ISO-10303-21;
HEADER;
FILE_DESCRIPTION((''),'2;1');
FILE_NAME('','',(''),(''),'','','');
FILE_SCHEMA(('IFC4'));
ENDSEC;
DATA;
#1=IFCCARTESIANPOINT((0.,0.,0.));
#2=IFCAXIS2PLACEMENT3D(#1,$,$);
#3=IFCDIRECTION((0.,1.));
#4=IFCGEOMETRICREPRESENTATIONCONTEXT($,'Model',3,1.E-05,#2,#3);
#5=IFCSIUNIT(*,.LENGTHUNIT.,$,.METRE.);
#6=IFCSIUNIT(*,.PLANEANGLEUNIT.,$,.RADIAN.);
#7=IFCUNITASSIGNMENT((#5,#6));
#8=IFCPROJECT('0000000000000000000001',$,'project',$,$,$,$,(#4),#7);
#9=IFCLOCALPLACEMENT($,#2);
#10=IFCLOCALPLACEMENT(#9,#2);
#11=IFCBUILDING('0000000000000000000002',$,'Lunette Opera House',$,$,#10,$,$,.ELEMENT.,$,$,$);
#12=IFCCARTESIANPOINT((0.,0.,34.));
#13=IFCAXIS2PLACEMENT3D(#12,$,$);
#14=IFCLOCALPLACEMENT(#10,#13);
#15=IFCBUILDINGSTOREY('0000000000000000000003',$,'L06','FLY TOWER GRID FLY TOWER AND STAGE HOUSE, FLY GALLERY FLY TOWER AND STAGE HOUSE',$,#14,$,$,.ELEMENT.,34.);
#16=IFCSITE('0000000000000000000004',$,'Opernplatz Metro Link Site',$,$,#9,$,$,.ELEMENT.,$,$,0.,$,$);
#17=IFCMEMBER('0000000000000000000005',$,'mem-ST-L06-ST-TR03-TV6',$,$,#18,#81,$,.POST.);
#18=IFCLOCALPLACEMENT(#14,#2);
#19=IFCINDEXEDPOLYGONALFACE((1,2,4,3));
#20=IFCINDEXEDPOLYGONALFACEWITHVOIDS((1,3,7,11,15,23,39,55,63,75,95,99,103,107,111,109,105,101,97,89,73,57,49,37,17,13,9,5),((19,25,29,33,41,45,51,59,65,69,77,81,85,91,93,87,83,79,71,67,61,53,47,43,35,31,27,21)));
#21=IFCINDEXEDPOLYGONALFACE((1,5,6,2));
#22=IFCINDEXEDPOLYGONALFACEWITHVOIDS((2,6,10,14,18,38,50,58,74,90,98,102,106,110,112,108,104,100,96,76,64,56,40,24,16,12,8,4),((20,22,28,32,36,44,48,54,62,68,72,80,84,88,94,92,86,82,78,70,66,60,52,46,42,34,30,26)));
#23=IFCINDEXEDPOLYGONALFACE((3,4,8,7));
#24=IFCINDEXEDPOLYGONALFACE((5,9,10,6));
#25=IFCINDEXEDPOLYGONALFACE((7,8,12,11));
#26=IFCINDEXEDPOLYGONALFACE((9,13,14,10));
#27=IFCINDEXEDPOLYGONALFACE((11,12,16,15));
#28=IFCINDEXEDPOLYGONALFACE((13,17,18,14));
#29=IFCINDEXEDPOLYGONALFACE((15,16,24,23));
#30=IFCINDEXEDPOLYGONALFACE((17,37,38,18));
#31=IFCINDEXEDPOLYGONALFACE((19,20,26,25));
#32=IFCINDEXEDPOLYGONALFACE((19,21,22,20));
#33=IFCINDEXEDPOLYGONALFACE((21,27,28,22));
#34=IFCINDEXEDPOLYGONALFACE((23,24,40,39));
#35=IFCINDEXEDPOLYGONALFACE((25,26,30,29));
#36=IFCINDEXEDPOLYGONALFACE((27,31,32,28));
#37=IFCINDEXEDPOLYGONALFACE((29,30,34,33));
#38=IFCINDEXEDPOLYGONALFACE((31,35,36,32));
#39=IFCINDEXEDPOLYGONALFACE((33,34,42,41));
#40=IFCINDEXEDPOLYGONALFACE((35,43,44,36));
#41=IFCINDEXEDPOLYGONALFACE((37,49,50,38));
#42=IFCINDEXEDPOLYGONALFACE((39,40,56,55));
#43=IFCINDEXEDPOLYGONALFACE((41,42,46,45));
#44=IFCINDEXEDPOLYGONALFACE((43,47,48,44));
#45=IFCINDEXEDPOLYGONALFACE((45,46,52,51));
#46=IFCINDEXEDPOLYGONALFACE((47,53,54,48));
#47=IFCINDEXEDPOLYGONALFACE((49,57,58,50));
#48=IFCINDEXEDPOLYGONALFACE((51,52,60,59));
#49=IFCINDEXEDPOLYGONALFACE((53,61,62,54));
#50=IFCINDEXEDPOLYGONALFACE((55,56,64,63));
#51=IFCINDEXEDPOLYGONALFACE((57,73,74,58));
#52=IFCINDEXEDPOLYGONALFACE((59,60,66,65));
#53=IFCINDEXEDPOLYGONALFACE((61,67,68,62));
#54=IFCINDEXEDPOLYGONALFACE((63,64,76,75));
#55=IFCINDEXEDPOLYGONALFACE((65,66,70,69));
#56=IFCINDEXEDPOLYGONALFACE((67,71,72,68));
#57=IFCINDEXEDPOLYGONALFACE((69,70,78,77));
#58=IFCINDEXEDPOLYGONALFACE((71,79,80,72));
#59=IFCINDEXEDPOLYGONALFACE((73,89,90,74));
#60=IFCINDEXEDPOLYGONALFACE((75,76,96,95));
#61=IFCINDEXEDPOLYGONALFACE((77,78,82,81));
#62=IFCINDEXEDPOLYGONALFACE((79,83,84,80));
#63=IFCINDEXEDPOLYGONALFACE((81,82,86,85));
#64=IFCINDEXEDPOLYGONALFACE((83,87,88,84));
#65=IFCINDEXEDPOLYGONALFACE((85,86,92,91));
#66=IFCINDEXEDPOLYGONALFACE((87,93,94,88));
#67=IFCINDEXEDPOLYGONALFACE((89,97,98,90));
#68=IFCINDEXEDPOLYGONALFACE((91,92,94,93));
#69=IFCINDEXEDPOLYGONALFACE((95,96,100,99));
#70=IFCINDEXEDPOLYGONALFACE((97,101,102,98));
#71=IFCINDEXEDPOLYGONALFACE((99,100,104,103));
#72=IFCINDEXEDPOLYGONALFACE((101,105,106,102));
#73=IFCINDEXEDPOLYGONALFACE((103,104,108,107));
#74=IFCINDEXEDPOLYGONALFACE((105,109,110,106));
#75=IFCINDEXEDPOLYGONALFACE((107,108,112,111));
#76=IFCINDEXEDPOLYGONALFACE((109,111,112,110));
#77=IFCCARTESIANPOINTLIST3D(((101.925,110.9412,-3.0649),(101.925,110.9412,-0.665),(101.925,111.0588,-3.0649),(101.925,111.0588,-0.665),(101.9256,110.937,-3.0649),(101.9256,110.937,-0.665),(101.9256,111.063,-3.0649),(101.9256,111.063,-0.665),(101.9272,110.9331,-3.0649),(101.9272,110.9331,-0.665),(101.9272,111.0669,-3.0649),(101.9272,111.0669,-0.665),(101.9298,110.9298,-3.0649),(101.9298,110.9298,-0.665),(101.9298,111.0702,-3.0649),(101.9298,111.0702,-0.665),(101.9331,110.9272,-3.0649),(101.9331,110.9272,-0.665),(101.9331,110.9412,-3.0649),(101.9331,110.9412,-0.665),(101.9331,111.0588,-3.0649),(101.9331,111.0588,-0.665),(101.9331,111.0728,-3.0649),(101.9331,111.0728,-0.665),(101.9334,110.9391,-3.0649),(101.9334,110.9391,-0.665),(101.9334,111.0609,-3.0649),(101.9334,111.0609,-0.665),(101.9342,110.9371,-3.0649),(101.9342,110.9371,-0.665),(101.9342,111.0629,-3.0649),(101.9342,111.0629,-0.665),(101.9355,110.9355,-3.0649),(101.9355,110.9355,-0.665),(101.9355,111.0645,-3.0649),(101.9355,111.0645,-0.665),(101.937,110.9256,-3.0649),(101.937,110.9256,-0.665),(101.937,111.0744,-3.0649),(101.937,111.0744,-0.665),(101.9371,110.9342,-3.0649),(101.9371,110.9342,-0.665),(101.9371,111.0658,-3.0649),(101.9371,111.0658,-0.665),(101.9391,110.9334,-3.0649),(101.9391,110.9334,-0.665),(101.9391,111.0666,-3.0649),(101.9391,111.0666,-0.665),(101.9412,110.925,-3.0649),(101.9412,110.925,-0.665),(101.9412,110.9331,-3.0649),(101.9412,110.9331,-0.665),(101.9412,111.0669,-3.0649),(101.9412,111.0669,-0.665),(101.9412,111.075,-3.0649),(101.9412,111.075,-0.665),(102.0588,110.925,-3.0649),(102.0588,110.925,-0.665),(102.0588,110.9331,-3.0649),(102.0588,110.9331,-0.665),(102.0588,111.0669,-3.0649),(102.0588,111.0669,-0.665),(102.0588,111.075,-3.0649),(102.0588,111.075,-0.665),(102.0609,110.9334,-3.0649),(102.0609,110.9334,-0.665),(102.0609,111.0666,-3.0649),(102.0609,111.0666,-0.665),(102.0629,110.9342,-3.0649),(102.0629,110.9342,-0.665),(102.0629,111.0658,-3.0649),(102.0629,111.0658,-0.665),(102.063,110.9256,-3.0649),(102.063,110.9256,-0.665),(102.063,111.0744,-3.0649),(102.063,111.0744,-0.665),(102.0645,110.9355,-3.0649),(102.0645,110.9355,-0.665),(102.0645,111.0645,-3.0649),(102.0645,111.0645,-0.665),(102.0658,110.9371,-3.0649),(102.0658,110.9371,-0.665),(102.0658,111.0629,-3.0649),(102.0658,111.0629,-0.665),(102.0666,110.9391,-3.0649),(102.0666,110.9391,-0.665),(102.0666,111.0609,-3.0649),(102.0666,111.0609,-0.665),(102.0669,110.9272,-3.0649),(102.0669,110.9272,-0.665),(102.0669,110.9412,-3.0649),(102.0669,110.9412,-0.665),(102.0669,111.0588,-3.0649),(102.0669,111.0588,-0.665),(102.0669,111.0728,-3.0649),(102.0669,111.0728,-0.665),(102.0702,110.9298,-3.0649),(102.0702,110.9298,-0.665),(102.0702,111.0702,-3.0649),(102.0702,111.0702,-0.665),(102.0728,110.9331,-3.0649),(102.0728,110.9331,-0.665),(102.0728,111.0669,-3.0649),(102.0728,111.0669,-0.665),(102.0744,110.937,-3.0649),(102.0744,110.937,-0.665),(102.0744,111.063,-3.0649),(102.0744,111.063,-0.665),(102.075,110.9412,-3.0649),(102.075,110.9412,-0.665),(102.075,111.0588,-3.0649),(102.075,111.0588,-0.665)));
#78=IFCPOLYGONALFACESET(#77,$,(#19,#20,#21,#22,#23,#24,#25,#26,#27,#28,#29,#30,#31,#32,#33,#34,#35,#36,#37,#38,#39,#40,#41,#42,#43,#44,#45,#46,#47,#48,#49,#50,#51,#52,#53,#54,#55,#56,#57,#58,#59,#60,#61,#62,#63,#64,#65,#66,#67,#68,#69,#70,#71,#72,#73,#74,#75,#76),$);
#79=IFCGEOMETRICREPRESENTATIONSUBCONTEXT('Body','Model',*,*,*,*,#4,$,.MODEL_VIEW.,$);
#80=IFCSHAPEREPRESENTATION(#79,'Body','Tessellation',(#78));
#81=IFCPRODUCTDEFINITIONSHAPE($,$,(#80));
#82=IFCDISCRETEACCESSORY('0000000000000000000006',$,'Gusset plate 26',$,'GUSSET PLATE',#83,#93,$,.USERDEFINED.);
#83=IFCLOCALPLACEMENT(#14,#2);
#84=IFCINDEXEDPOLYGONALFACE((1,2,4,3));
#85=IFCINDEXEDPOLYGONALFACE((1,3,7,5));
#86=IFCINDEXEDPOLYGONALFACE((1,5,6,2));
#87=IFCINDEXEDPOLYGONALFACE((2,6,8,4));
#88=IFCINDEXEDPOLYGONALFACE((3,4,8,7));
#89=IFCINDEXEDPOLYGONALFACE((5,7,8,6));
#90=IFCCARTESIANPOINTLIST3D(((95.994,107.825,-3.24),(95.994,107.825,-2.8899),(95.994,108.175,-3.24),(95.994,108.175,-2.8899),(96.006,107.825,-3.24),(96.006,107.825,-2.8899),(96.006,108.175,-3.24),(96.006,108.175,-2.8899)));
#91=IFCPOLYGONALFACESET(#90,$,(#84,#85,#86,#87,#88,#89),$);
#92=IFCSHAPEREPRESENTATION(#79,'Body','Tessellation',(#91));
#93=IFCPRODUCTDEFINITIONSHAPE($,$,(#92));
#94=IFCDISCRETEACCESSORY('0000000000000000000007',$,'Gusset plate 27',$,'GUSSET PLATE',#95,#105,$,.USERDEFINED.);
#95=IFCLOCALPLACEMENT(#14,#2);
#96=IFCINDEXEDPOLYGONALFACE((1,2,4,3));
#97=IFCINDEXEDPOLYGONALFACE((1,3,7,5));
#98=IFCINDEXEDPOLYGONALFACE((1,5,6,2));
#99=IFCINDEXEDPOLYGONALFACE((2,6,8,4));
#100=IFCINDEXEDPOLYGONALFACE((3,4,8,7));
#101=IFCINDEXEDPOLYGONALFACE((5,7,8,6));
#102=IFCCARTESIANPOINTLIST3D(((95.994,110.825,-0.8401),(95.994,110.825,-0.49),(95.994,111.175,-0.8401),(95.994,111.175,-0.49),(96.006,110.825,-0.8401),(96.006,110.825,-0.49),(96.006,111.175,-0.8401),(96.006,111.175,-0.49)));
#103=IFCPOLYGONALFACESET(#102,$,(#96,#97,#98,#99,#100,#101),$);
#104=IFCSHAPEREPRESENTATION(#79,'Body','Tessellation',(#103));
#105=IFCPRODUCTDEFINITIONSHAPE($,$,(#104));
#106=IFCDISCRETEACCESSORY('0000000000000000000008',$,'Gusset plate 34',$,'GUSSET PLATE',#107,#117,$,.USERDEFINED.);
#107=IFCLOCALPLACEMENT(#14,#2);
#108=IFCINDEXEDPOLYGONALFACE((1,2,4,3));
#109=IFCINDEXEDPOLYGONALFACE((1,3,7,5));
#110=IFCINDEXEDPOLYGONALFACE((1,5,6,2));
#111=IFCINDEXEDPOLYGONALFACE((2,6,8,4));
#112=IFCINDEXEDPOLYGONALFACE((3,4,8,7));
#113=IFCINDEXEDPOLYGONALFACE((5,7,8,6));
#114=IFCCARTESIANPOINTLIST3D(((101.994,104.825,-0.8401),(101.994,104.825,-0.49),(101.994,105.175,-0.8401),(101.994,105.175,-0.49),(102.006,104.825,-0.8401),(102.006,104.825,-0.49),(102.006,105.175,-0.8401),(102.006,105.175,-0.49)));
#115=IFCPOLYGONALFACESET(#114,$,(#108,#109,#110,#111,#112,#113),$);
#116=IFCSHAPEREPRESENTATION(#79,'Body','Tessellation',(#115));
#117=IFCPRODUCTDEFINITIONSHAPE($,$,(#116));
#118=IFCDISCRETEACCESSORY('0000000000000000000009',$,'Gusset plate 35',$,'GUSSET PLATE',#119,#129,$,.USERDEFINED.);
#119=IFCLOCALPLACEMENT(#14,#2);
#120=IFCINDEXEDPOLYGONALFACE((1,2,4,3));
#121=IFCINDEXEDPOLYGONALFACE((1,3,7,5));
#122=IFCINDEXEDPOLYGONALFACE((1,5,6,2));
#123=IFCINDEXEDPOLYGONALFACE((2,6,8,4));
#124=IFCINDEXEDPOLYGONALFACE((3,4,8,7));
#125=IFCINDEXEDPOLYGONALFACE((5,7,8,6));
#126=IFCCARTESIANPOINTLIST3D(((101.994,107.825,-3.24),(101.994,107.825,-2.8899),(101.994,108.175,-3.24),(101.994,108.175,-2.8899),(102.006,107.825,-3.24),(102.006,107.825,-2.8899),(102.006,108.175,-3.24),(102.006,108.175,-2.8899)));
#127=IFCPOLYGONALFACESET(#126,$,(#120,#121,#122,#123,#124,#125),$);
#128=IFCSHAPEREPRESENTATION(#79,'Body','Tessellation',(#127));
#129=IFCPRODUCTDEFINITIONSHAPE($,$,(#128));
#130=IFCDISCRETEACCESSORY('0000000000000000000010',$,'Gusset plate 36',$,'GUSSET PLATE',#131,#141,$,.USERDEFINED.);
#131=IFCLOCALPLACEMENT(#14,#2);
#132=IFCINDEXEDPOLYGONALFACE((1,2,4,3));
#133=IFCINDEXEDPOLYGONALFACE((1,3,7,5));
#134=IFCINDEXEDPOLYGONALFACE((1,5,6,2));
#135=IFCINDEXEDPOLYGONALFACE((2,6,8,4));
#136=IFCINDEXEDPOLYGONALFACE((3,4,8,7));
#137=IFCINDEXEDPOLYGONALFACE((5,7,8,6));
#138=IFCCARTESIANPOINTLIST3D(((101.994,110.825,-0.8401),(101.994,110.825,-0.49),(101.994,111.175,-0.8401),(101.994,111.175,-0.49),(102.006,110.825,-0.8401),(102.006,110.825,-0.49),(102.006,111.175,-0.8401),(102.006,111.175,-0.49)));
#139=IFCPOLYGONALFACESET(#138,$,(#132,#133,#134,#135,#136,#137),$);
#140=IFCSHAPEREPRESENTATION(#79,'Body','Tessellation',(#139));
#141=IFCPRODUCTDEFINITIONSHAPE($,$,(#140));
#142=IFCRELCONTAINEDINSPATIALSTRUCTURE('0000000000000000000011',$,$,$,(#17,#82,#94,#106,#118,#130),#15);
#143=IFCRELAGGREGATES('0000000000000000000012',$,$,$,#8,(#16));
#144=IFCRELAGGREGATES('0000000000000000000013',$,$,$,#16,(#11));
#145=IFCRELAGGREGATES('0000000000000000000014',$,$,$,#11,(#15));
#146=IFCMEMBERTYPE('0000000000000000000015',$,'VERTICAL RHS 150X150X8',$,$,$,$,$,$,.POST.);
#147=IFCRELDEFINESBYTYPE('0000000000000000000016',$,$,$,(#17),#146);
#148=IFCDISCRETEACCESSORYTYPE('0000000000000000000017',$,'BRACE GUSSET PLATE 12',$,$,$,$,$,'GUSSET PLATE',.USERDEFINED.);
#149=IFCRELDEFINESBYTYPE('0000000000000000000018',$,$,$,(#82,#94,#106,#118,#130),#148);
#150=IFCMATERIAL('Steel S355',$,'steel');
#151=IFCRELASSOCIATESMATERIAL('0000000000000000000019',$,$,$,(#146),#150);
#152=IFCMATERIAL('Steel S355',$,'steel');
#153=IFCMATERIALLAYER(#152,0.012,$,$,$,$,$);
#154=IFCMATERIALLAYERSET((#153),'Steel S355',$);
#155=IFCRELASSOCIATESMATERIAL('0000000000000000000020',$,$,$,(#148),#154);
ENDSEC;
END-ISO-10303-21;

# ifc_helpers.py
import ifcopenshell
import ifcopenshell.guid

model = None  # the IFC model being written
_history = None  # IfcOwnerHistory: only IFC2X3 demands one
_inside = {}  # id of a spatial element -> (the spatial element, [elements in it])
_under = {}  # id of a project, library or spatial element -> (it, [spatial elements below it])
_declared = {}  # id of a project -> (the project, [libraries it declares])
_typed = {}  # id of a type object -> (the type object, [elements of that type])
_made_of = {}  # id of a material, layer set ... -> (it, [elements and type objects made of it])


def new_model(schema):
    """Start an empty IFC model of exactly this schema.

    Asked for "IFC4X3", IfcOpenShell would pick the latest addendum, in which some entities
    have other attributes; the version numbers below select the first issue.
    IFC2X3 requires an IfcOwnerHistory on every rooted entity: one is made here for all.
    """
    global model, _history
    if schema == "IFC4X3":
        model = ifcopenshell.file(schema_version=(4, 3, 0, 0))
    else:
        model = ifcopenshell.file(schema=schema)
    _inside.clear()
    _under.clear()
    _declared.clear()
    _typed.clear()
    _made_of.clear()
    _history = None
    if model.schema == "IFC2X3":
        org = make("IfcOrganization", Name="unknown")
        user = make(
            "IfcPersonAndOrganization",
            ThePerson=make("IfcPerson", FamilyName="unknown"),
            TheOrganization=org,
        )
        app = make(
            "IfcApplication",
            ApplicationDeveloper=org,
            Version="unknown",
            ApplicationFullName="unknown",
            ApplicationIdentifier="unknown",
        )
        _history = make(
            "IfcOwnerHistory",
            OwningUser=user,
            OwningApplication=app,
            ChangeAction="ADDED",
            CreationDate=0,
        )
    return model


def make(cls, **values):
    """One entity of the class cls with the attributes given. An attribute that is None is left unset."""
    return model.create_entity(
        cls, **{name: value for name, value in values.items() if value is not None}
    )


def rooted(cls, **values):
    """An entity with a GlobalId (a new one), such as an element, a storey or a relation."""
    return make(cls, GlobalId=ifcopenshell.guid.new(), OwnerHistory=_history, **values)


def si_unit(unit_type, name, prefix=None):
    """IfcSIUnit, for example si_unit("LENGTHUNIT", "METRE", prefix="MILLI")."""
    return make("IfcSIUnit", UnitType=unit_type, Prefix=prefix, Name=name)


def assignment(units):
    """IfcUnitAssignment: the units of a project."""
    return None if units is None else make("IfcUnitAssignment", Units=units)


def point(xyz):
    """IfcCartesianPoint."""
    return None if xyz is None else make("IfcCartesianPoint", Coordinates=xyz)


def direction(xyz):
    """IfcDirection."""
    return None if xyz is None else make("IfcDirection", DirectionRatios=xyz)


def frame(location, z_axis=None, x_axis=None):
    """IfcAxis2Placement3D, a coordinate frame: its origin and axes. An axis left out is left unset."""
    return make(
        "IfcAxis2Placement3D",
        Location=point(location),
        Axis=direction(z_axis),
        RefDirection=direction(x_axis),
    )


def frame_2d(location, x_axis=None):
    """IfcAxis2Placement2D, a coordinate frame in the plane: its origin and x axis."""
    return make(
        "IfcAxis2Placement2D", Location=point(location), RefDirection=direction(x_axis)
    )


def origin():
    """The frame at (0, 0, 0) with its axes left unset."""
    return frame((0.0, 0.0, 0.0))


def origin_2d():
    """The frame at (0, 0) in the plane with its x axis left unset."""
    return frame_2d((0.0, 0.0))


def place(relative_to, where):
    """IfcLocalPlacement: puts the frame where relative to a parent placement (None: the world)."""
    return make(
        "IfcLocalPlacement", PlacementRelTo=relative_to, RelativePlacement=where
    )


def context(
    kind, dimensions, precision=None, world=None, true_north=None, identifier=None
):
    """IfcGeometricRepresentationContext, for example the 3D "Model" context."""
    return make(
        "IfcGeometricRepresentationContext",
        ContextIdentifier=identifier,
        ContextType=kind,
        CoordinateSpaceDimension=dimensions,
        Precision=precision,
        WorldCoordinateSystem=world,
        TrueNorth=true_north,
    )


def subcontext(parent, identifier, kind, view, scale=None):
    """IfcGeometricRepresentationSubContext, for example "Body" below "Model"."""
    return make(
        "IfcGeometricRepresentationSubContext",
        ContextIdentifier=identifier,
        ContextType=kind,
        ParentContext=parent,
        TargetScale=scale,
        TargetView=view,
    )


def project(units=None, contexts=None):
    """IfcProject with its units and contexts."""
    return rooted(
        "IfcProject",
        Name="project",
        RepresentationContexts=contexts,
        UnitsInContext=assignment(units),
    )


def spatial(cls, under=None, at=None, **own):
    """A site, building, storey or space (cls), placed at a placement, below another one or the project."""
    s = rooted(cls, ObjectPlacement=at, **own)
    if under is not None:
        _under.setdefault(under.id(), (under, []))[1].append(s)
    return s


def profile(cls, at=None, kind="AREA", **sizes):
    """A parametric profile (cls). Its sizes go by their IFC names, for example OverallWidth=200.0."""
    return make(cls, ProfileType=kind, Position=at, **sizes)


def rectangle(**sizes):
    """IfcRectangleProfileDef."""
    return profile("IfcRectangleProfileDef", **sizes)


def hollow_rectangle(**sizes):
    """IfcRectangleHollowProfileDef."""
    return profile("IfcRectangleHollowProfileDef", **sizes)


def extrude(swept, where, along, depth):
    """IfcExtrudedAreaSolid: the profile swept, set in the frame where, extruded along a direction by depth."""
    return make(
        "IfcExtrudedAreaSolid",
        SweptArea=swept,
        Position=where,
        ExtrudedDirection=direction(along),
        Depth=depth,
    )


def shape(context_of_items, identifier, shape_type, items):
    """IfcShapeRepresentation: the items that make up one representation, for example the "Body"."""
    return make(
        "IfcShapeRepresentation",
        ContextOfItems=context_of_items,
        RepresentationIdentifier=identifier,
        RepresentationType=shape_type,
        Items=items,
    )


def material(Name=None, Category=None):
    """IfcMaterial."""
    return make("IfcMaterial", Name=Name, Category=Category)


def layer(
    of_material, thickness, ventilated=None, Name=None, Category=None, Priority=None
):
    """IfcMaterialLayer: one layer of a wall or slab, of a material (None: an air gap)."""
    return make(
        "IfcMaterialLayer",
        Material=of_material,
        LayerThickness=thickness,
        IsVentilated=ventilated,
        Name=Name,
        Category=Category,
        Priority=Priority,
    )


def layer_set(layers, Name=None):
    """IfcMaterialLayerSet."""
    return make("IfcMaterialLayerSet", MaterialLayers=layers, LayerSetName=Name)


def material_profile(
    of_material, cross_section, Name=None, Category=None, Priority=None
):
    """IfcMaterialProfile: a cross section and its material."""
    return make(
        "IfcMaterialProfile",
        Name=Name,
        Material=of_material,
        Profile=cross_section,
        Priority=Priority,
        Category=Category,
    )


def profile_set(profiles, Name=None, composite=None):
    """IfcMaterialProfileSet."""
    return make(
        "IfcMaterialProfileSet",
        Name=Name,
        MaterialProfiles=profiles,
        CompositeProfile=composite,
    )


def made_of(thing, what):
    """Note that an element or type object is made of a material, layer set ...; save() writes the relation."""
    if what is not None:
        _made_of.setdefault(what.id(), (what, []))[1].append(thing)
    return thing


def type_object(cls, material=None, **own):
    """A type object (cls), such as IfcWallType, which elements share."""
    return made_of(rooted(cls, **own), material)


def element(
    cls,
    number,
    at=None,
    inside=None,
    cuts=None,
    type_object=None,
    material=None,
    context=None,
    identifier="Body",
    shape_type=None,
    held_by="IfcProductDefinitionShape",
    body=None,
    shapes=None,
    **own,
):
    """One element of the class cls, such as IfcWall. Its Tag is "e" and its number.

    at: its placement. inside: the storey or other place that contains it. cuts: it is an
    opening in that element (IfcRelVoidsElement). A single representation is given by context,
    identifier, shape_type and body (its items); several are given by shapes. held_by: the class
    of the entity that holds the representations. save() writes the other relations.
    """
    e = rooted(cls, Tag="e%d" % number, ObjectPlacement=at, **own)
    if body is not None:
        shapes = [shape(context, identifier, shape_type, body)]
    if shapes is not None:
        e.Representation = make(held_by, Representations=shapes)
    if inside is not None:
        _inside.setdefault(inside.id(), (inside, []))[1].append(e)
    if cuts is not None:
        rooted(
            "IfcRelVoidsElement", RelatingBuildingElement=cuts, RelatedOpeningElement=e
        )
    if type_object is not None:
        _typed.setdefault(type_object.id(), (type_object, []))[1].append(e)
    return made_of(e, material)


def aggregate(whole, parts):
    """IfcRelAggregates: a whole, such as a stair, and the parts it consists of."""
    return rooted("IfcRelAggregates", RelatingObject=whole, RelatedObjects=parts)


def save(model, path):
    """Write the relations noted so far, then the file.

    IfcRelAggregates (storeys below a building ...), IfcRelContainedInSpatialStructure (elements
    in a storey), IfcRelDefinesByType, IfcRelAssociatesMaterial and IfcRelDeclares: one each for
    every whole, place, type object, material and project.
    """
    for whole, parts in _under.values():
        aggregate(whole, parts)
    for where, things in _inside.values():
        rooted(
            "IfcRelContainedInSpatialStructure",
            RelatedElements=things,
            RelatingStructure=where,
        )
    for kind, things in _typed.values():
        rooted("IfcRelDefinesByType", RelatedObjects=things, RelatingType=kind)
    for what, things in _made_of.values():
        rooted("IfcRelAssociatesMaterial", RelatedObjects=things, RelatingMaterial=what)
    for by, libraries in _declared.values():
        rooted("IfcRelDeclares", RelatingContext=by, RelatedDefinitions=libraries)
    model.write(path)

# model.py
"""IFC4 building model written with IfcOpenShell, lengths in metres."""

from ifc_helpers import new_model, si_unit, direction, frame, origin, origin_2d, place, context, subcontext, project, spatial, rectangle, hollow_rectangle, extrude, material, layer, layer_set, material_profile, profile_set, type_object, element, save


model = new_model("IFC4")

# Units and contexts
model_context = context("Model", 3, precision=1e-05, world=origin(), true_north=direction((0.0, 1.0)))
body_context = subcontext(model_context, "Body", "Model", "MODEL_VIEW")
ifc_project = project(units=[si_unit("LENGTHUNIT", "METRE"), si_unit("PLANEANGLEUNIT", "RADIAN")], contexts=[model_context])

# Site, building, storey
site_placement = place(None, origin())
site = spatial("IfcSite", under=ifc_project, at=site_placement, Name="Opernplatz Metro Link Site", CompositionType="ELEMENT", RefElevation=0.0)
building_placement = place(site_placement, origin())
building = spatial("IfcBuilding", under=site, at=building_placement, Name="Lunette Opera House", CompositionType="ELEMENT")
storey_placement = place(building_placement, frame((0.0, 0.0, 34.0)))
storey = spatial("IfcBuildingStorey", under=building, at=storey_placement, Name="L06", Description="FLY TOWER GRID FLY TOWER AND STAGE HOUSE, FLY GALLERY FLY TOWER AND STAGE HOUSE", CompositionType="ELEMENT", Elevation=34.0)

# Member
ifc_material_1 = material(Name="Steel S355", Category="steel")
ifc_material_profile_1 = material_profile(ifc_material_1, hollow_rectangle(XDim=0.1499, YDim=0.1499, WallThickness=0.0081, InnerFilletRadius=0.0081, OuterFilletRadius=0.0161, at=origin_2d()), Name="RHS 150X150X8")
ifc_profile_set_1 = profile_set([ifc_material_profile_1], Name="Steel S355")
member_type_1 = type_object("IfcMemberType", Name="VERTICAL RHS 150X150X8", PredefinedType="POST", material=ifc_profile_set_1)
for number, where, z_axis, x_axis, name in (
    (1, (102.0, 111.0, -3.0649), (0.0, 0.0, 1.0), (1.0, 0.0, 0.0), "mem-ST-L06-ST-TR03-TV6"),
):
    element("IfcMember", number, at=place(storey_placement, frame(where, z_axis=z_axis, x_axis=x_axis)), inside=storey, type_object=member_type_1, Name=name, PredefinedType="POST", context=body_context, shape_type="SweptSolid", body=[
        extrude(hollow_rectangle(XDim=0.1499, YDim=0.1499, WallThickness=0.0081, InnerFilletRadius=0.0081, OuterFilletRadius=0.0161, at=origin_2d()), origin(), (0.0, 0.0, 1.0), 2.3999),
    ])

# Discrete accessories
ifc_material_2 = material(Name="Steel S355", Category="steel")
ifc_layer = layer(ifc_material_2, 0.012)
ifc_layer_set = layer_set([ifc_layer], Name="Steel S355")
discrete_accessory_type = type_object("IfcDiscreteAccessoryType", Name="BRACE GUSSET PLATE 12", ElementType="GUSSET PLATE", PredefinedType="USERDEFINED", material=ifc_layer_set)
for number, where, z_axis, x_axis, name in (
    (2, (96.0, 108.0, -3.24), (0.0, 0.0, 1.0), (0.0, 1.0, 0.0), "Gusset plate 26"),
    (3, (96.0, 111.0, -0.8401), (0.0, 0.0, 1.0), (0.0, 1.0, 0.0), "Gusset plate 27"),
    (4, (102.0, 105.0, -0.8401), (0.0, 0.0, 1.0), (0.0, 1.0, 0.0), "Gusset plate 34"),
    (5, (102.0, 108.0, -3.24), (0.0, 0.0, 1.0), (0.0, 1.0, 0.0), "Gusset plate 35"),
    (6, (102.0, 111.0, -0.8401), (0.0, 0.0, 1.0), (0.0, 1.0, 0.0), "Gusset plate 36"),
):
    element("IfcDiscreteAccessory", number, at=place(storey_placement, frame(where, z_axis=z_axis, x_axis=x_axis)), inside=storey, type_object=discrete_accessory_type, Name=name, ObjectType="GUSSET PLATE", PredefinedType="USERDEFINED", context=body_context, shape_type="SweptSolid", body=[
        extrude(rectangle(XDim=0.3501, YDim=0.012, at=origin_2d()), origin(), (0.0, 0.0, 1.0), 0.3501),
    ])

save(model, "model.ifc")
